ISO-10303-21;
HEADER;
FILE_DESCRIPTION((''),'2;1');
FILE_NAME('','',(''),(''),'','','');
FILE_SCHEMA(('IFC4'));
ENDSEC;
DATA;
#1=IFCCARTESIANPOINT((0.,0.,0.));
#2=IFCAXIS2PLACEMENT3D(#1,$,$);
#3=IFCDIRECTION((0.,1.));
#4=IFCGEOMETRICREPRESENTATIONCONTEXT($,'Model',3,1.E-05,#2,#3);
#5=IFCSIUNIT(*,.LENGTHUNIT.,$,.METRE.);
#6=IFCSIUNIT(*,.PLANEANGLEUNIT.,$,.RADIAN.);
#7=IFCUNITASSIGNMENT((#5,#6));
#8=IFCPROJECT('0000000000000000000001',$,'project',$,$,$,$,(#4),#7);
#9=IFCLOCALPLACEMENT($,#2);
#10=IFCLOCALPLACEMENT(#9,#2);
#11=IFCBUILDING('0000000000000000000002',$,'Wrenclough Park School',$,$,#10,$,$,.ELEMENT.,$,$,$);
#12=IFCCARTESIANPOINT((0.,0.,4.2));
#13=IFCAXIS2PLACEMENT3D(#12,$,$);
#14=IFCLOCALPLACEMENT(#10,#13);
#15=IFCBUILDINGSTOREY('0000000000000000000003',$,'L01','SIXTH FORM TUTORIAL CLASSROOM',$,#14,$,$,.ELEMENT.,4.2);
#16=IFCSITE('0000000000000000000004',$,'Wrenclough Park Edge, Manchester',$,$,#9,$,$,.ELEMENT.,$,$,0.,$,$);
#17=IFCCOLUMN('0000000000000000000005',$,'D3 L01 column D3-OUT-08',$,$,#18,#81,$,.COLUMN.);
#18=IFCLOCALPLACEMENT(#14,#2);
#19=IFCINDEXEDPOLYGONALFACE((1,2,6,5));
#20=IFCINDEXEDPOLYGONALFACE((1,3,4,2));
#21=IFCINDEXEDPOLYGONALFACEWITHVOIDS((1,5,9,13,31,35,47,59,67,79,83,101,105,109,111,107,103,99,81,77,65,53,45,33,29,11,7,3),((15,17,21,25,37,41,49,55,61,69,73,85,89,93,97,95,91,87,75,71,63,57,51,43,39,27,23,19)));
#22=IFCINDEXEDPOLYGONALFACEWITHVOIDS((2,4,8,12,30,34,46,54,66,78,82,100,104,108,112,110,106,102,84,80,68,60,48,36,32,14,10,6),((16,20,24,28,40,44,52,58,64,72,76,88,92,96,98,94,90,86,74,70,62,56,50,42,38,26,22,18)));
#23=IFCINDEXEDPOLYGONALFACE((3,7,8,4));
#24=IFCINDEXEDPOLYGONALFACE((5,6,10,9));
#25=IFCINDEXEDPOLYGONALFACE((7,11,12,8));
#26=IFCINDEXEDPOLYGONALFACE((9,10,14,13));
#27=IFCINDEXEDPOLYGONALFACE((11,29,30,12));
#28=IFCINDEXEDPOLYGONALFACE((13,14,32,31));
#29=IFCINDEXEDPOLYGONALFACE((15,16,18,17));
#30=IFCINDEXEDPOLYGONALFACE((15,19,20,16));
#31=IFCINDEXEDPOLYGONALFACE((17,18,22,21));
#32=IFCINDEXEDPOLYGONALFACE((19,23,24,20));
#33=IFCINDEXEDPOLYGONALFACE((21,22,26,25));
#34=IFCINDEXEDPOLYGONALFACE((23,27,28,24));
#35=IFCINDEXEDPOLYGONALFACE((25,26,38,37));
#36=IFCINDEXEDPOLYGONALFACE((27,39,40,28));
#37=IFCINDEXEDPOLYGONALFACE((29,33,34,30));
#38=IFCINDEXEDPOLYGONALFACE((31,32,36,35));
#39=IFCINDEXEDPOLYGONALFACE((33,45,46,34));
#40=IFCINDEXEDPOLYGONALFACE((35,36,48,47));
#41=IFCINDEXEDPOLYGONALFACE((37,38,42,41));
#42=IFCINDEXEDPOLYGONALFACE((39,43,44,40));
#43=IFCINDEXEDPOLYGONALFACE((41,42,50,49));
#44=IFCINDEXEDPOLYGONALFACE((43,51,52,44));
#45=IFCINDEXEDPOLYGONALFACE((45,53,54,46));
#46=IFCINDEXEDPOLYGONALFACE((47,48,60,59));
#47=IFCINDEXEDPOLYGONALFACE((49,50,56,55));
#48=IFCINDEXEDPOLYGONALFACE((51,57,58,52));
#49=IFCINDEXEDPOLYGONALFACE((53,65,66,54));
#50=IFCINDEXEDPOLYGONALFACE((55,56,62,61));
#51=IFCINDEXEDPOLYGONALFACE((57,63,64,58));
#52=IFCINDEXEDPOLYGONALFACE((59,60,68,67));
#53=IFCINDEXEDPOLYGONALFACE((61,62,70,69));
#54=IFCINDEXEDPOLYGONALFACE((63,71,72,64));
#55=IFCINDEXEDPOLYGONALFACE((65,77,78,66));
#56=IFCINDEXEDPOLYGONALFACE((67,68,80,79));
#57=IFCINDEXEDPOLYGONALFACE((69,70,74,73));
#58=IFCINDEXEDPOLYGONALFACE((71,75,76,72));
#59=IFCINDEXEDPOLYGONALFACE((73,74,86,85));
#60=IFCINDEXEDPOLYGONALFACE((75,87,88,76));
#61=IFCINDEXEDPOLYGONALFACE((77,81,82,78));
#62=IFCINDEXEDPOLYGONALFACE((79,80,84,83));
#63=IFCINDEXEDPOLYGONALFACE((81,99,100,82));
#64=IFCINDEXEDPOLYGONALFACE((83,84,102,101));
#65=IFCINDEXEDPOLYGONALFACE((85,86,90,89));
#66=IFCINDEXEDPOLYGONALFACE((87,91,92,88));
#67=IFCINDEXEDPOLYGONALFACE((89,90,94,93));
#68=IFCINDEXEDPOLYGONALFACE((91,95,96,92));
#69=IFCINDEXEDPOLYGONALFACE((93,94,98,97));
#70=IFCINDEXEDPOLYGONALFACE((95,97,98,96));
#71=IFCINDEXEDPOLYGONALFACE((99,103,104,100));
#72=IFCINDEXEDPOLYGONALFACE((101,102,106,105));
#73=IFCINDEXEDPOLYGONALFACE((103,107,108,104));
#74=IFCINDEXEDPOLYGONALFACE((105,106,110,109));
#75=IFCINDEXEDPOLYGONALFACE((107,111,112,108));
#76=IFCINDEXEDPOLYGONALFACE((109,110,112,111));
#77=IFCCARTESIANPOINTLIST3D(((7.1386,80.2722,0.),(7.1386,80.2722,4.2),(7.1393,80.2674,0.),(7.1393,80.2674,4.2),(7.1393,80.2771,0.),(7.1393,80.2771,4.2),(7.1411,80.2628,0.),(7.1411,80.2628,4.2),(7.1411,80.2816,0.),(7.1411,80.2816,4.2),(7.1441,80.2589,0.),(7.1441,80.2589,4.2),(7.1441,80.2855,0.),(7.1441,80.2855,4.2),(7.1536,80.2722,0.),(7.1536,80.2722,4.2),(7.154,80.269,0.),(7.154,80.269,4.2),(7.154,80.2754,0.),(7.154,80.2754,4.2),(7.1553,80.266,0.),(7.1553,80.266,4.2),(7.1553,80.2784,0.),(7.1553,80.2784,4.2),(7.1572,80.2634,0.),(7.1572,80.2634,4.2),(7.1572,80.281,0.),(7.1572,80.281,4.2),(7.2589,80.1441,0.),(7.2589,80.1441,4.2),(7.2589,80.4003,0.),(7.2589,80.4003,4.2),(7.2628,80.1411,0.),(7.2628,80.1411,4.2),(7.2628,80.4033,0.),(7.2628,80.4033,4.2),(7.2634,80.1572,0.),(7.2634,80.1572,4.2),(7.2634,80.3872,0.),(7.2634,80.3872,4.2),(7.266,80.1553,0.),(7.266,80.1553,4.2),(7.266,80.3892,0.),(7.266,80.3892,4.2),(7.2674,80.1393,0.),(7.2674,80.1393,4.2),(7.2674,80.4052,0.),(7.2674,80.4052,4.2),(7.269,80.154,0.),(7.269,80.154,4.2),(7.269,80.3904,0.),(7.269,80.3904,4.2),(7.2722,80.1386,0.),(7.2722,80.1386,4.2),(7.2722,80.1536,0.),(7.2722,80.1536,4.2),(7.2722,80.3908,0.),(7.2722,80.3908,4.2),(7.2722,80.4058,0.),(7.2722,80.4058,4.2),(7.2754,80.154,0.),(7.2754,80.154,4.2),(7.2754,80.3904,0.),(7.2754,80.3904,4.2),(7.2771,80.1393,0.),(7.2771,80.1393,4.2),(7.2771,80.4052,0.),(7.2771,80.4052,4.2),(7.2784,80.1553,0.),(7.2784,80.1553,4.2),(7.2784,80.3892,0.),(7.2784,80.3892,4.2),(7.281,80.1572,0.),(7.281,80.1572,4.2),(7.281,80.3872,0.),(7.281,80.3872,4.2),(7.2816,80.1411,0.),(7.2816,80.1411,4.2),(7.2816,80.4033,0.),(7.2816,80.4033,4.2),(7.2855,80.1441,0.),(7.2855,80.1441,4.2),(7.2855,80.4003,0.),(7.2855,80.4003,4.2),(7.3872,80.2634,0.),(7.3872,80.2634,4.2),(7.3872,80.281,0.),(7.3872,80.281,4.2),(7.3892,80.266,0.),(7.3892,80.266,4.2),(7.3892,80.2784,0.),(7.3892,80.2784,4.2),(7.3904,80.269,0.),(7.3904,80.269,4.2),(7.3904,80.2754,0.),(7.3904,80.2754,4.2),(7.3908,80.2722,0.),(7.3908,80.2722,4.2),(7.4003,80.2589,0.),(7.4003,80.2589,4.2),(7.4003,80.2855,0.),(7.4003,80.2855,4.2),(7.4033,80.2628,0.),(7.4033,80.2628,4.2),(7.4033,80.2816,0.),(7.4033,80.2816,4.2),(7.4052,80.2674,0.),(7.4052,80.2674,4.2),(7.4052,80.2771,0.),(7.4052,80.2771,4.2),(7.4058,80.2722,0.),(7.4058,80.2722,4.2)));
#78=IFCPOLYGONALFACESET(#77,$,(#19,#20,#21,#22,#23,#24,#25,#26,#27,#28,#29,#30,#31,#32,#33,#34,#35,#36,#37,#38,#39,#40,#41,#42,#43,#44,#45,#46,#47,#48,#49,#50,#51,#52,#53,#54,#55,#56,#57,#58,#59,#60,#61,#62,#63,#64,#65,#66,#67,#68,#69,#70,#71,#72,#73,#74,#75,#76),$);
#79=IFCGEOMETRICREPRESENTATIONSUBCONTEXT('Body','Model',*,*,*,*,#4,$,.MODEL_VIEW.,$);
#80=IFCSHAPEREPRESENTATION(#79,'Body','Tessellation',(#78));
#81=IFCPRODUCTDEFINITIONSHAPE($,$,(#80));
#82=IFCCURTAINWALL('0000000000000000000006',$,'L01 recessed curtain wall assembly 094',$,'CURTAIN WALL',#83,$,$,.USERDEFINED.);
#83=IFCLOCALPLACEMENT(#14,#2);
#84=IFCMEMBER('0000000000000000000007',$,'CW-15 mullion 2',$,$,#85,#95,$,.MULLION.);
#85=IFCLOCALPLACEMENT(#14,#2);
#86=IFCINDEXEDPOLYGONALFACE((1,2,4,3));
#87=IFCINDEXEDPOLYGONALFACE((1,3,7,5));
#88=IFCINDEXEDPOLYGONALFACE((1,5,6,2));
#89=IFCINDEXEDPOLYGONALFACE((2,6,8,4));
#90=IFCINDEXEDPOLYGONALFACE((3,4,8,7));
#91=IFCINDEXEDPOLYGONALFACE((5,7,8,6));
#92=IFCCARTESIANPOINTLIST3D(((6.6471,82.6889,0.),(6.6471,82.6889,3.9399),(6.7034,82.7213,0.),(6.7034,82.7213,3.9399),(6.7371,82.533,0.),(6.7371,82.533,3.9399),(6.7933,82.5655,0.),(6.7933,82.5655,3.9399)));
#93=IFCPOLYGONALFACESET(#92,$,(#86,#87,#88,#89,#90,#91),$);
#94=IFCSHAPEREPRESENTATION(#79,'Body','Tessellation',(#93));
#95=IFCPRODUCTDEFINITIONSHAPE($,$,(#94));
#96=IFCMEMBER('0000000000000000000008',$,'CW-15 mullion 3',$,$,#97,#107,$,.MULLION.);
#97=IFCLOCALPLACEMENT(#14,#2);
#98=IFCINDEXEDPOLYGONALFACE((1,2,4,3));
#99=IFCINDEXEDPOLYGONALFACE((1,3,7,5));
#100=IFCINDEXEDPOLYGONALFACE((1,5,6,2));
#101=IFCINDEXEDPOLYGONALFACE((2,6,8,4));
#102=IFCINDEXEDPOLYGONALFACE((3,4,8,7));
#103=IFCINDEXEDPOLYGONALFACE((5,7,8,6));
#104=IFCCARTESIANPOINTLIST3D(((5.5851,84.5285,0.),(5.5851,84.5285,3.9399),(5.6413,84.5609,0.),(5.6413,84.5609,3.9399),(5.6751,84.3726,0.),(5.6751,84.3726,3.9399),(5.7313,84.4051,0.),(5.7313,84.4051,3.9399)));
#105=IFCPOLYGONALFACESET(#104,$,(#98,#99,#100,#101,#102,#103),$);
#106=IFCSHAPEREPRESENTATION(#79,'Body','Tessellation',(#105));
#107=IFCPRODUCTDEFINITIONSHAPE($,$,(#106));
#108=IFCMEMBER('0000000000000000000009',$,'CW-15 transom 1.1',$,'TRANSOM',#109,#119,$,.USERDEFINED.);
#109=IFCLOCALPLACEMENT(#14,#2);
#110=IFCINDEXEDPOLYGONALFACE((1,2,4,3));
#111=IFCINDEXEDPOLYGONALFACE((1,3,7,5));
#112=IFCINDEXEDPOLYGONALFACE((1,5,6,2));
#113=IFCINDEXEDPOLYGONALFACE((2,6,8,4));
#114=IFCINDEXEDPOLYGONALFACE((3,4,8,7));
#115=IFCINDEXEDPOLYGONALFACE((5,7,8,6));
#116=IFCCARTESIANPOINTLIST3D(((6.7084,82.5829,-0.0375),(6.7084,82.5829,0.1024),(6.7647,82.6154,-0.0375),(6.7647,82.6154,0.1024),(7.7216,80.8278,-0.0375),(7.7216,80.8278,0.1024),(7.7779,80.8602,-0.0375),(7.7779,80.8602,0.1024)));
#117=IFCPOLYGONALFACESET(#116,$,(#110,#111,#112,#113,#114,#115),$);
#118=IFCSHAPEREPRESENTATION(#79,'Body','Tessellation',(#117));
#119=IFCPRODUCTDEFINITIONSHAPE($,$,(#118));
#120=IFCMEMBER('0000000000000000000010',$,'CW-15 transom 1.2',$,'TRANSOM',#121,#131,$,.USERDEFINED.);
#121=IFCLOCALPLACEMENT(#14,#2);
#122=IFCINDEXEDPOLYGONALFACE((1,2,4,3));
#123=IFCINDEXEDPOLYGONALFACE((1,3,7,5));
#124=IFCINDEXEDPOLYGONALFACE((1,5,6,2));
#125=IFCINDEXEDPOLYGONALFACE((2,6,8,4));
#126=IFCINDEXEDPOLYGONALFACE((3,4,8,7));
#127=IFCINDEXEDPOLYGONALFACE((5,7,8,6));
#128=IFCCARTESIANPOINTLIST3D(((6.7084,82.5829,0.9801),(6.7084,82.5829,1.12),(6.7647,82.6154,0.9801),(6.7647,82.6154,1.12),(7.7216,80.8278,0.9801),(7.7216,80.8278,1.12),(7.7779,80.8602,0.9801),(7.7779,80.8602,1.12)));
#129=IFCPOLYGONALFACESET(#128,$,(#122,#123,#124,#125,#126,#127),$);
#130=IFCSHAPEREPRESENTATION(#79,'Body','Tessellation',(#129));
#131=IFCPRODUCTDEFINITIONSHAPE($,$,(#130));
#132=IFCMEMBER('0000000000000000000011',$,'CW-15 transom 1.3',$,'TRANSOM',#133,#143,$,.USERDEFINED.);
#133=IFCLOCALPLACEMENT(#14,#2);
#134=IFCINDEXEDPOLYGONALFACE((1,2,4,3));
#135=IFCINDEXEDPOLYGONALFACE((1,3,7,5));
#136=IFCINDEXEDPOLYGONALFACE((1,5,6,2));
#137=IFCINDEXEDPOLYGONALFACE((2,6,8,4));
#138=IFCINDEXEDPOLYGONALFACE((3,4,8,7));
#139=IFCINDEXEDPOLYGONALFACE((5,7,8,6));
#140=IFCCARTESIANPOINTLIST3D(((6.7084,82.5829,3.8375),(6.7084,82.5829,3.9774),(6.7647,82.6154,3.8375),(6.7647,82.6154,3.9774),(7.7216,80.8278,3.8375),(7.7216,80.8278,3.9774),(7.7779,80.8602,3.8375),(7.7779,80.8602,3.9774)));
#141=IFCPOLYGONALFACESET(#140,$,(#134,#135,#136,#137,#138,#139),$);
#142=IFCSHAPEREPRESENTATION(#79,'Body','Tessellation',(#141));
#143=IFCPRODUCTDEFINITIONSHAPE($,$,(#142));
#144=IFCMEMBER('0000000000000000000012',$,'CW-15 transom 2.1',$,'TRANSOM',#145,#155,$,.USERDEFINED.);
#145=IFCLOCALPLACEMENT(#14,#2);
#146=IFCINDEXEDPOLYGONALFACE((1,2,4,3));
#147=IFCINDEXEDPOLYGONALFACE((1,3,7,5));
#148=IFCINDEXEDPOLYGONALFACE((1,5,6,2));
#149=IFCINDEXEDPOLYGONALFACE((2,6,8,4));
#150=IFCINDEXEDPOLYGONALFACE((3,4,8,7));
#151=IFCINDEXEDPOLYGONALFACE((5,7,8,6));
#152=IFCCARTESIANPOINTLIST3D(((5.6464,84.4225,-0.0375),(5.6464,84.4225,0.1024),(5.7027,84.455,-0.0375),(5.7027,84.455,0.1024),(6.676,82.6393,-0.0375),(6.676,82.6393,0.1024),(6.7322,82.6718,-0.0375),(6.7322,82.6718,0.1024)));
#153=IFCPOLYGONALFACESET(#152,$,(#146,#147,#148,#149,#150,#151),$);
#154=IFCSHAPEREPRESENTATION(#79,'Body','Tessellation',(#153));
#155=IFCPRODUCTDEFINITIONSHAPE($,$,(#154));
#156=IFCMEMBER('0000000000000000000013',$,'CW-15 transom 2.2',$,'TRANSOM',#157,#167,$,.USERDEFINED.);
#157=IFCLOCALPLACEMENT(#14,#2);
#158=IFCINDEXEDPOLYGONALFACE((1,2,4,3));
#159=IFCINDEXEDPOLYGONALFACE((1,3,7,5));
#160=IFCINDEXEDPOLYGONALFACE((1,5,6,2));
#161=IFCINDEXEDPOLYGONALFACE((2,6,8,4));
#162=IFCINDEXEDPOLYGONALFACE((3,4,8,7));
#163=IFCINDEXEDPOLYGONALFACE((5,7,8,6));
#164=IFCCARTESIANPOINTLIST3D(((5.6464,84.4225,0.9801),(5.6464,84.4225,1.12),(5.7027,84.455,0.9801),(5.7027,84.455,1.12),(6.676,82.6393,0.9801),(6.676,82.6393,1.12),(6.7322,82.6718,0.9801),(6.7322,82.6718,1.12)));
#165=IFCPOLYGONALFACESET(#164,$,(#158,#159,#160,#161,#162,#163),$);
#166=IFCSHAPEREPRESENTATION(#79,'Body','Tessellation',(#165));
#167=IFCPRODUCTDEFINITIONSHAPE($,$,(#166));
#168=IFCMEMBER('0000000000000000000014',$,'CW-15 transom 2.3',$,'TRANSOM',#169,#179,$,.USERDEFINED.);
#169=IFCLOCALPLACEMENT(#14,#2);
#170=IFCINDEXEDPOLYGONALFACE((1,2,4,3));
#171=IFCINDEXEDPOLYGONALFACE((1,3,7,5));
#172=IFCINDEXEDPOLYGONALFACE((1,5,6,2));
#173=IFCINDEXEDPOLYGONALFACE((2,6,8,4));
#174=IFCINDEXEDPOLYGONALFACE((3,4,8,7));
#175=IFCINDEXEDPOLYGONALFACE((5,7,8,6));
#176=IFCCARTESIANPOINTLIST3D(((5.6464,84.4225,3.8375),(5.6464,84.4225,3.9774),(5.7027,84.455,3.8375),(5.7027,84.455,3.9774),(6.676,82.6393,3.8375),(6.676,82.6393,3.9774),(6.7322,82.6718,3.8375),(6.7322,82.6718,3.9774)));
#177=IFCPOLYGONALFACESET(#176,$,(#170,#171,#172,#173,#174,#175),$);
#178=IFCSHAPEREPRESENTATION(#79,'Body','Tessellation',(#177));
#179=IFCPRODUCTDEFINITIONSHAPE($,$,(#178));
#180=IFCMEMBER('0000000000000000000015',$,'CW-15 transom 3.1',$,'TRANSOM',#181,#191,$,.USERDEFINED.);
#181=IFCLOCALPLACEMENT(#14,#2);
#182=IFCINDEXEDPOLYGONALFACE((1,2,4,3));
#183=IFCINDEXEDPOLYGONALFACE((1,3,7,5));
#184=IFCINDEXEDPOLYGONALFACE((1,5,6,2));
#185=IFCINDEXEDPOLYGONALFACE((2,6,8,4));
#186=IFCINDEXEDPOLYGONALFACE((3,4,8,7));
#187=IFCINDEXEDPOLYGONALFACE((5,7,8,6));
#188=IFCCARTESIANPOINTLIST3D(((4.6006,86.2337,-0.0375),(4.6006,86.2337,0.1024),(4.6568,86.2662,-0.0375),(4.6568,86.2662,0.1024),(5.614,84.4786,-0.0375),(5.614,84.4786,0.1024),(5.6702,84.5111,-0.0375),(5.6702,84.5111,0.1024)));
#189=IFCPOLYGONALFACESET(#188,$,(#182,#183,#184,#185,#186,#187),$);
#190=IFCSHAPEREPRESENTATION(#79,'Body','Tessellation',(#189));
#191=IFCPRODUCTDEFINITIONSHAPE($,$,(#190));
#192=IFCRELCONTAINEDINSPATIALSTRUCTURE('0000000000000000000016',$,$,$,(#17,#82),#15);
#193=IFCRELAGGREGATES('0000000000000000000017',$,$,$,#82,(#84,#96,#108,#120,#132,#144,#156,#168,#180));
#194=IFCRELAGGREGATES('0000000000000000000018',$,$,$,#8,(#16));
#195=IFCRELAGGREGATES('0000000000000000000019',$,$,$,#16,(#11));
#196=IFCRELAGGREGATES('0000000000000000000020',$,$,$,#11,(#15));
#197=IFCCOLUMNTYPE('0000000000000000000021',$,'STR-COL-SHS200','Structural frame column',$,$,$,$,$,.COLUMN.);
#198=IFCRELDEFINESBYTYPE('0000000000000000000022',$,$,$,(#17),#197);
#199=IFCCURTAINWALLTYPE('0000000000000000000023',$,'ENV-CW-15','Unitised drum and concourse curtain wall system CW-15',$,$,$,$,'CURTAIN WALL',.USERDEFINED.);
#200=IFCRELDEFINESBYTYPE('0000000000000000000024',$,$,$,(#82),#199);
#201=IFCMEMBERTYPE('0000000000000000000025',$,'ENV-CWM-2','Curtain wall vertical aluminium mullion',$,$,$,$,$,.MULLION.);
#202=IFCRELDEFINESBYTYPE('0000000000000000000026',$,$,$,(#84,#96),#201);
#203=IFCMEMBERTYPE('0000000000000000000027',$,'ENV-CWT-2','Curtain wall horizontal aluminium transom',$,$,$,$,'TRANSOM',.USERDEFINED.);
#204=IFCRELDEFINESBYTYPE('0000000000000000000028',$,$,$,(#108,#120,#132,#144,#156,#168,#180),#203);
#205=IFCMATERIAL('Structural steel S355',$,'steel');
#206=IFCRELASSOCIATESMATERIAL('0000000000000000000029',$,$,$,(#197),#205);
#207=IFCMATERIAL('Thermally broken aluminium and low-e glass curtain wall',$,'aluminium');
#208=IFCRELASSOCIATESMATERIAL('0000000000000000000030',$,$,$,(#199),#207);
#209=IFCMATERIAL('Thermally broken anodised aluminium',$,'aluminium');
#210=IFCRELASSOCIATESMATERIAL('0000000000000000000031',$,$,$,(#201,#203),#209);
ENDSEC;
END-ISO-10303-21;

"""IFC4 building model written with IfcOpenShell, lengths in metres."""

from ifc_helpers import new_model, si_unit, direction, frame, origin, origin_2d, place, context, subcontext, project, spatial, rectangle, hollow_rectangle, extrude, material, material_profile, profile_set, type_object, element, aggregate, save


model = new_model("IFC4")

# Units and contexts
model_context = context("Model", 3, precision=1e-05, world=origin(), true_north=direction((0.0, 1.0)))
body_context = subcontext(model_context, "Body", "Model", "MODEL_VIEW")
ifc_project = project(units=[si_unit("LENGTHUNIT", "METRE"), si_unit("PLANEANGLEUNIT", "RADIAN")], contexts=[model_context])

# Site, building, storey
site_placement = place(None, origin())
site = spatial("IfcSite", under=ifc_project, at=site_placement, Name="Wrenclough Park Edge, Manchester", CompositionType="ELEMENT", RefElevation=0.0)
building_placement = place(site_placement, origin())
building = spatial("IfcBuilding", under=site, at=building_placement, Name="Wrenclough Park School", CompositionType="ELEMENT")
storey_placement = place(building_placement, frame((0.0, 0.0, 4.2)))
storey = spatial("IfcBuildingStorey", under=building, at=storey_placement, Name="L01", Description="SIXTH FORM TUTORIAL CLASSROOM", CompositionType="ELEMENT", Elevation=4.2)

# Column
ifc_material_1 = material(Name="Structural steel S355", Category="steel")
ifc_material_profile_1 = material_profile(ifc_material_1, hollow_rectangle(XDim=0.2, YDim=0.2, WallThickness=0.0125, InnerFilletRadius=0.0125, OuterFilletRadius=0.0188, at=origin_2d()), Name="SHS 200x200x12.5")
ifc_profile_set_1 = profile_set([ifc_material_profile_1], Name="Structural steel S355")
column_type = type_object("IfcColumnType", Name="STR-COL-SHS200", Description="Structural frame column", PredefinedType="COLUMN", material=ifc_profile_set_1)
column_placement = place(storey_placement, frame((7.2722, 80.2722, 0.0), z_axis=(0.0, 0.0, 1.0), x_axis=(0.707107, -0.707107, 0.0)))
element("IfcColumn", 1, at=column_placement, inside=storey, type_object=column_type, Name="D3 L01 column D3-OUT-08", PredefinedType="COLUMN", context=body_context, shape_type="SweptSolid", body=[
    extrude(hollow_rectangle(XDim=0.2, YDim=0.2, WallThickness=0.0125, InnerFilletRadius=0.0125, OuterFilletRadius=0.0188, at=origin_2d()), origin(), (0.0, 0.0, 1.0), 4.2),
])

# Curtain wall, members
ifc_material_2 = material(Name="Thermally broken aluminium and low-e glass curtain wall", Category="aluminium")
curtain_wall_type = type_object("IfcCurtainWallType", Name="ENV-CW-15", Description="Unitised drum and concourse curtain wall system CW-15", ElementType="CURTAIN WALL", PredefinedType="USERDEFINED", material=ifc_material_2)
curtain_wall_placement = place(storey_placement, origin())
curtain_wall = element("IfcCurtainWall", 2, at=curtain_wall_placement, inside=storey, type_object=curtain_wall_type, Name="L01 recessed curtain wall assembly 094", ObjectType="CURTAIN WALL", PredefinedType="USERDEFINED")
ifc_material_3 = material(Name="Thermally broken anodised aluminium", Category="aluminium")
ifc_material_profile_2 = material_profile(ifc_material_3, rectangle(XDim=0.0649, YDim=0.1799, at=origin_2d()), Name="AL MULLION 65x180")
ifc_profile_set_2 = profile_set([ifc_material_profile_2], Name="Thermally broken anodised aluminium")
member_type_1 = type_object("IfcMemberType", Name="ENV-CWM-2", Description="Curtain wall vertical aluminium mullion", PredefinedType="MULLION", material=ifc_profile_set_2)
member_1_placement = place(storey_placement, frame((6.7202, 82.6272, 0.0), z_axis=(0.0, 0.0, 1.0), x_axis=(-0.866026, -0.499999, 0.0)))
member_1 = element("IfcMember", 3, at=member_1_placement, type_object=member_type_1, Name="CW-15 mullion 2", PredefinedType="MULLION", context=body_context, shape_type="SweptSolid", body=[
    extrude(rectangle(XDim=0.0649, YDim=0.1799, at=origin_2d()), origin(), (0.0, 0.0, 1.0), 3.9399),
])
member_2_placement = place(storey_placement, frame((5.6582, 84.4668, 0.0), z_axis=(0.0, 0.0, 1.0), x_axis=(-0.866026, -0.499999, 0.0)))
member_2 = element("IfcMember", 4, at=member_2_placement, type_object=member_type_1, Name="CW-15 mullion 3", PredefinedType="MULLION", context=body_context, shape_type="SweptSolid", body=[
    extrude(rectangle(XDim=0.0649, YDim=0.1799, at=origin_2d()), origin(), (0.0, 0.0, 1.0), 3.9399),
])
ifc_material_profile_3 = material_profile(ifc_material_3, rectangle(XDim=0.0649, YDim=0.1399, at=origin_2d()), Name="AL TRANSOM 65x140")
ifc_profile_set_3 = profile_set([ifc_material_profile_3], Name="Thermally broken anodised aluminium")
member_type_2 = type_object("IfcMemberType", Name="ENV-CWT-2", Description="Curtain wall horizontal aluminium transom", ElementType="TRANSOM", PredefinedType="USERDEFINED", material=ifc_profile_set_3)
member_3_placement = place(storey_placement, frame((7.7498, 80.844, 0.0325), z_axis=(-0.499948, 0.866055, 0.0), x_axis=(-0.866055, -0.499948, 0.0)))
member_3 = element("IfcMember", 5, at=member_3_placement, type_object=member_type_2, Name="CW-15 transom 1.1", ObjectType="TRANSOM", PredefinedType="USERDEFINED", context=body_context, shape_type="SweptSolid", body=[
    extrude(rectangle(XDim=0.0649, YDim=0.1399, at=origin_2d()), origin(), (0.0, 0.0, 1.0), 2.0266),
])
member_4_placement = place(storey_placement, frame((7.7498, 80.844, 1.05), z_axis=(-0.499948, 0.866055, 0.0), x_axis=(-0.866055, -0.499948, 0.0)))
member_4 = element("IfcMember", 6, at=member_4_placement, type_object=member_type_2, Name="CW-15 transom 1.2", ObjectType="TRANSOM", PredefinedType="USERDEFINED", context=body_context, shape_type="SweptSolid", body=[
    extrude(rectangle(XDim=0.0649, YDim=0.1399, at=origin_2d()), origin(), (0.0, 0.0, 1.0), 2.0266),
])
member_5_placement = place(storey_placement, frame((7.7498, 80.844, 3.9075), z_axis=(-0.499948, 0.866055, 0.0), x_axis=(-0.866055, -0.499948, 0.0)))
member_5 = element("IfcMember", 7, at=member_5_placement, type_object=member_type_2, Name="CW-15 transom 1.3", ObjectType="TRANSOM", PredefinedType="USERDEFINED", context=body_context, shape_type="SweptSolid", body=[
    extrude(rectangle(XDim=0.0649, YDim=0.1399, at=origin_2d()), origin(), (0.0, 0.0, 1.0), 2.0266),
])
member_6_placement = place(storey_placement, frame((6.7041, 82.6555, 0.0325), z_axis=(-0.500003, 0.866024, 0.0), x_axis=(-0.866024, -0.500003, 0.0)))
member_6 = element("IfcMember", 8, at=member_6_placement, type_object=member_type_2, Name="CW-15 transom 2.1", ObjectType="TRANSOM", PredefinedType="USERDEFINED", context=body_context, shape_type="SweptSolid", body=[
    extrude(rectangle(XDim=0.0649, YDim=0.1399, at=origin_2d()), origin(), (0.0, 0.0, 1.0), 2.0591),
])
member_7_placement = place(storey_placement, frame((6.7041, 82.6555, 1.05), z_axis=(-0.500003, 0.866024, 0.0), x_axis=(-0.866024, -0.500003, 0.0)))
member_7 = element("IfcMember", 9, at=member_7_placement, type_object=member_type_2, Name="CW-15 transom 2.2", ObjectType="TRANSOM", PredefinedType="USERDEFINED", context=body_context, shape_type="SweptSolid", body=[
    extrude(rectangle(XDim=0.0649, YDim=0.1399, at=origin_2d()), origin(), (0.0, 0.0, 1.0), 2.0591),
])
member_8_placement = place(storey_placement, frame((6.7041, 82.6555, 3.9075), z_axis=(-0.500003, 0.866024, 0.0), x_axis=(-0.866024, -0.500003, 0.0)))
member_8 = element("IfcMember", 10, at=member_8_placement, type_object=member_type_2, Name="CW-15 transom 2.3", ObjectType="TRANSOM", PredefinedType="USERDEFINED", context=body_context, shape_type="SweptSolid", body=[
    extrude(rectangle(XDim=0.0649, YDim=0.1399, at=origin_2d()), origin(), (0.0, 0.0, 1.0), 2.0591),
])
member_9_placement = place(storey_placement, frame((5.6421, 84.4949, 0.0325), z_axis=(-0.500039, 0.866003, 0.0), x_axis=(-0.866003, -0.500039, 0.0)))
member_9 = element("IfcMember", 11, at=member_9_placement, type_object=member_type_2, Name="CW-15 transom 3.1", ObjectType="TRANSOM", PredefinedType="USERDEFINED", context=body_context, shape_type="SweptSolid", body=[
    extrude(rectangle(XDim=0.0649, YDim=0.1399, at=origin_2d()), origin(), (0.0, 0.0, 1.0), 2.0266),
])

aggregate(curtain_wall, [member_1, member_2, member_3, member_4, member_5, member_6, member_7, member_8, member_9])

save(model, "model.ifc")
